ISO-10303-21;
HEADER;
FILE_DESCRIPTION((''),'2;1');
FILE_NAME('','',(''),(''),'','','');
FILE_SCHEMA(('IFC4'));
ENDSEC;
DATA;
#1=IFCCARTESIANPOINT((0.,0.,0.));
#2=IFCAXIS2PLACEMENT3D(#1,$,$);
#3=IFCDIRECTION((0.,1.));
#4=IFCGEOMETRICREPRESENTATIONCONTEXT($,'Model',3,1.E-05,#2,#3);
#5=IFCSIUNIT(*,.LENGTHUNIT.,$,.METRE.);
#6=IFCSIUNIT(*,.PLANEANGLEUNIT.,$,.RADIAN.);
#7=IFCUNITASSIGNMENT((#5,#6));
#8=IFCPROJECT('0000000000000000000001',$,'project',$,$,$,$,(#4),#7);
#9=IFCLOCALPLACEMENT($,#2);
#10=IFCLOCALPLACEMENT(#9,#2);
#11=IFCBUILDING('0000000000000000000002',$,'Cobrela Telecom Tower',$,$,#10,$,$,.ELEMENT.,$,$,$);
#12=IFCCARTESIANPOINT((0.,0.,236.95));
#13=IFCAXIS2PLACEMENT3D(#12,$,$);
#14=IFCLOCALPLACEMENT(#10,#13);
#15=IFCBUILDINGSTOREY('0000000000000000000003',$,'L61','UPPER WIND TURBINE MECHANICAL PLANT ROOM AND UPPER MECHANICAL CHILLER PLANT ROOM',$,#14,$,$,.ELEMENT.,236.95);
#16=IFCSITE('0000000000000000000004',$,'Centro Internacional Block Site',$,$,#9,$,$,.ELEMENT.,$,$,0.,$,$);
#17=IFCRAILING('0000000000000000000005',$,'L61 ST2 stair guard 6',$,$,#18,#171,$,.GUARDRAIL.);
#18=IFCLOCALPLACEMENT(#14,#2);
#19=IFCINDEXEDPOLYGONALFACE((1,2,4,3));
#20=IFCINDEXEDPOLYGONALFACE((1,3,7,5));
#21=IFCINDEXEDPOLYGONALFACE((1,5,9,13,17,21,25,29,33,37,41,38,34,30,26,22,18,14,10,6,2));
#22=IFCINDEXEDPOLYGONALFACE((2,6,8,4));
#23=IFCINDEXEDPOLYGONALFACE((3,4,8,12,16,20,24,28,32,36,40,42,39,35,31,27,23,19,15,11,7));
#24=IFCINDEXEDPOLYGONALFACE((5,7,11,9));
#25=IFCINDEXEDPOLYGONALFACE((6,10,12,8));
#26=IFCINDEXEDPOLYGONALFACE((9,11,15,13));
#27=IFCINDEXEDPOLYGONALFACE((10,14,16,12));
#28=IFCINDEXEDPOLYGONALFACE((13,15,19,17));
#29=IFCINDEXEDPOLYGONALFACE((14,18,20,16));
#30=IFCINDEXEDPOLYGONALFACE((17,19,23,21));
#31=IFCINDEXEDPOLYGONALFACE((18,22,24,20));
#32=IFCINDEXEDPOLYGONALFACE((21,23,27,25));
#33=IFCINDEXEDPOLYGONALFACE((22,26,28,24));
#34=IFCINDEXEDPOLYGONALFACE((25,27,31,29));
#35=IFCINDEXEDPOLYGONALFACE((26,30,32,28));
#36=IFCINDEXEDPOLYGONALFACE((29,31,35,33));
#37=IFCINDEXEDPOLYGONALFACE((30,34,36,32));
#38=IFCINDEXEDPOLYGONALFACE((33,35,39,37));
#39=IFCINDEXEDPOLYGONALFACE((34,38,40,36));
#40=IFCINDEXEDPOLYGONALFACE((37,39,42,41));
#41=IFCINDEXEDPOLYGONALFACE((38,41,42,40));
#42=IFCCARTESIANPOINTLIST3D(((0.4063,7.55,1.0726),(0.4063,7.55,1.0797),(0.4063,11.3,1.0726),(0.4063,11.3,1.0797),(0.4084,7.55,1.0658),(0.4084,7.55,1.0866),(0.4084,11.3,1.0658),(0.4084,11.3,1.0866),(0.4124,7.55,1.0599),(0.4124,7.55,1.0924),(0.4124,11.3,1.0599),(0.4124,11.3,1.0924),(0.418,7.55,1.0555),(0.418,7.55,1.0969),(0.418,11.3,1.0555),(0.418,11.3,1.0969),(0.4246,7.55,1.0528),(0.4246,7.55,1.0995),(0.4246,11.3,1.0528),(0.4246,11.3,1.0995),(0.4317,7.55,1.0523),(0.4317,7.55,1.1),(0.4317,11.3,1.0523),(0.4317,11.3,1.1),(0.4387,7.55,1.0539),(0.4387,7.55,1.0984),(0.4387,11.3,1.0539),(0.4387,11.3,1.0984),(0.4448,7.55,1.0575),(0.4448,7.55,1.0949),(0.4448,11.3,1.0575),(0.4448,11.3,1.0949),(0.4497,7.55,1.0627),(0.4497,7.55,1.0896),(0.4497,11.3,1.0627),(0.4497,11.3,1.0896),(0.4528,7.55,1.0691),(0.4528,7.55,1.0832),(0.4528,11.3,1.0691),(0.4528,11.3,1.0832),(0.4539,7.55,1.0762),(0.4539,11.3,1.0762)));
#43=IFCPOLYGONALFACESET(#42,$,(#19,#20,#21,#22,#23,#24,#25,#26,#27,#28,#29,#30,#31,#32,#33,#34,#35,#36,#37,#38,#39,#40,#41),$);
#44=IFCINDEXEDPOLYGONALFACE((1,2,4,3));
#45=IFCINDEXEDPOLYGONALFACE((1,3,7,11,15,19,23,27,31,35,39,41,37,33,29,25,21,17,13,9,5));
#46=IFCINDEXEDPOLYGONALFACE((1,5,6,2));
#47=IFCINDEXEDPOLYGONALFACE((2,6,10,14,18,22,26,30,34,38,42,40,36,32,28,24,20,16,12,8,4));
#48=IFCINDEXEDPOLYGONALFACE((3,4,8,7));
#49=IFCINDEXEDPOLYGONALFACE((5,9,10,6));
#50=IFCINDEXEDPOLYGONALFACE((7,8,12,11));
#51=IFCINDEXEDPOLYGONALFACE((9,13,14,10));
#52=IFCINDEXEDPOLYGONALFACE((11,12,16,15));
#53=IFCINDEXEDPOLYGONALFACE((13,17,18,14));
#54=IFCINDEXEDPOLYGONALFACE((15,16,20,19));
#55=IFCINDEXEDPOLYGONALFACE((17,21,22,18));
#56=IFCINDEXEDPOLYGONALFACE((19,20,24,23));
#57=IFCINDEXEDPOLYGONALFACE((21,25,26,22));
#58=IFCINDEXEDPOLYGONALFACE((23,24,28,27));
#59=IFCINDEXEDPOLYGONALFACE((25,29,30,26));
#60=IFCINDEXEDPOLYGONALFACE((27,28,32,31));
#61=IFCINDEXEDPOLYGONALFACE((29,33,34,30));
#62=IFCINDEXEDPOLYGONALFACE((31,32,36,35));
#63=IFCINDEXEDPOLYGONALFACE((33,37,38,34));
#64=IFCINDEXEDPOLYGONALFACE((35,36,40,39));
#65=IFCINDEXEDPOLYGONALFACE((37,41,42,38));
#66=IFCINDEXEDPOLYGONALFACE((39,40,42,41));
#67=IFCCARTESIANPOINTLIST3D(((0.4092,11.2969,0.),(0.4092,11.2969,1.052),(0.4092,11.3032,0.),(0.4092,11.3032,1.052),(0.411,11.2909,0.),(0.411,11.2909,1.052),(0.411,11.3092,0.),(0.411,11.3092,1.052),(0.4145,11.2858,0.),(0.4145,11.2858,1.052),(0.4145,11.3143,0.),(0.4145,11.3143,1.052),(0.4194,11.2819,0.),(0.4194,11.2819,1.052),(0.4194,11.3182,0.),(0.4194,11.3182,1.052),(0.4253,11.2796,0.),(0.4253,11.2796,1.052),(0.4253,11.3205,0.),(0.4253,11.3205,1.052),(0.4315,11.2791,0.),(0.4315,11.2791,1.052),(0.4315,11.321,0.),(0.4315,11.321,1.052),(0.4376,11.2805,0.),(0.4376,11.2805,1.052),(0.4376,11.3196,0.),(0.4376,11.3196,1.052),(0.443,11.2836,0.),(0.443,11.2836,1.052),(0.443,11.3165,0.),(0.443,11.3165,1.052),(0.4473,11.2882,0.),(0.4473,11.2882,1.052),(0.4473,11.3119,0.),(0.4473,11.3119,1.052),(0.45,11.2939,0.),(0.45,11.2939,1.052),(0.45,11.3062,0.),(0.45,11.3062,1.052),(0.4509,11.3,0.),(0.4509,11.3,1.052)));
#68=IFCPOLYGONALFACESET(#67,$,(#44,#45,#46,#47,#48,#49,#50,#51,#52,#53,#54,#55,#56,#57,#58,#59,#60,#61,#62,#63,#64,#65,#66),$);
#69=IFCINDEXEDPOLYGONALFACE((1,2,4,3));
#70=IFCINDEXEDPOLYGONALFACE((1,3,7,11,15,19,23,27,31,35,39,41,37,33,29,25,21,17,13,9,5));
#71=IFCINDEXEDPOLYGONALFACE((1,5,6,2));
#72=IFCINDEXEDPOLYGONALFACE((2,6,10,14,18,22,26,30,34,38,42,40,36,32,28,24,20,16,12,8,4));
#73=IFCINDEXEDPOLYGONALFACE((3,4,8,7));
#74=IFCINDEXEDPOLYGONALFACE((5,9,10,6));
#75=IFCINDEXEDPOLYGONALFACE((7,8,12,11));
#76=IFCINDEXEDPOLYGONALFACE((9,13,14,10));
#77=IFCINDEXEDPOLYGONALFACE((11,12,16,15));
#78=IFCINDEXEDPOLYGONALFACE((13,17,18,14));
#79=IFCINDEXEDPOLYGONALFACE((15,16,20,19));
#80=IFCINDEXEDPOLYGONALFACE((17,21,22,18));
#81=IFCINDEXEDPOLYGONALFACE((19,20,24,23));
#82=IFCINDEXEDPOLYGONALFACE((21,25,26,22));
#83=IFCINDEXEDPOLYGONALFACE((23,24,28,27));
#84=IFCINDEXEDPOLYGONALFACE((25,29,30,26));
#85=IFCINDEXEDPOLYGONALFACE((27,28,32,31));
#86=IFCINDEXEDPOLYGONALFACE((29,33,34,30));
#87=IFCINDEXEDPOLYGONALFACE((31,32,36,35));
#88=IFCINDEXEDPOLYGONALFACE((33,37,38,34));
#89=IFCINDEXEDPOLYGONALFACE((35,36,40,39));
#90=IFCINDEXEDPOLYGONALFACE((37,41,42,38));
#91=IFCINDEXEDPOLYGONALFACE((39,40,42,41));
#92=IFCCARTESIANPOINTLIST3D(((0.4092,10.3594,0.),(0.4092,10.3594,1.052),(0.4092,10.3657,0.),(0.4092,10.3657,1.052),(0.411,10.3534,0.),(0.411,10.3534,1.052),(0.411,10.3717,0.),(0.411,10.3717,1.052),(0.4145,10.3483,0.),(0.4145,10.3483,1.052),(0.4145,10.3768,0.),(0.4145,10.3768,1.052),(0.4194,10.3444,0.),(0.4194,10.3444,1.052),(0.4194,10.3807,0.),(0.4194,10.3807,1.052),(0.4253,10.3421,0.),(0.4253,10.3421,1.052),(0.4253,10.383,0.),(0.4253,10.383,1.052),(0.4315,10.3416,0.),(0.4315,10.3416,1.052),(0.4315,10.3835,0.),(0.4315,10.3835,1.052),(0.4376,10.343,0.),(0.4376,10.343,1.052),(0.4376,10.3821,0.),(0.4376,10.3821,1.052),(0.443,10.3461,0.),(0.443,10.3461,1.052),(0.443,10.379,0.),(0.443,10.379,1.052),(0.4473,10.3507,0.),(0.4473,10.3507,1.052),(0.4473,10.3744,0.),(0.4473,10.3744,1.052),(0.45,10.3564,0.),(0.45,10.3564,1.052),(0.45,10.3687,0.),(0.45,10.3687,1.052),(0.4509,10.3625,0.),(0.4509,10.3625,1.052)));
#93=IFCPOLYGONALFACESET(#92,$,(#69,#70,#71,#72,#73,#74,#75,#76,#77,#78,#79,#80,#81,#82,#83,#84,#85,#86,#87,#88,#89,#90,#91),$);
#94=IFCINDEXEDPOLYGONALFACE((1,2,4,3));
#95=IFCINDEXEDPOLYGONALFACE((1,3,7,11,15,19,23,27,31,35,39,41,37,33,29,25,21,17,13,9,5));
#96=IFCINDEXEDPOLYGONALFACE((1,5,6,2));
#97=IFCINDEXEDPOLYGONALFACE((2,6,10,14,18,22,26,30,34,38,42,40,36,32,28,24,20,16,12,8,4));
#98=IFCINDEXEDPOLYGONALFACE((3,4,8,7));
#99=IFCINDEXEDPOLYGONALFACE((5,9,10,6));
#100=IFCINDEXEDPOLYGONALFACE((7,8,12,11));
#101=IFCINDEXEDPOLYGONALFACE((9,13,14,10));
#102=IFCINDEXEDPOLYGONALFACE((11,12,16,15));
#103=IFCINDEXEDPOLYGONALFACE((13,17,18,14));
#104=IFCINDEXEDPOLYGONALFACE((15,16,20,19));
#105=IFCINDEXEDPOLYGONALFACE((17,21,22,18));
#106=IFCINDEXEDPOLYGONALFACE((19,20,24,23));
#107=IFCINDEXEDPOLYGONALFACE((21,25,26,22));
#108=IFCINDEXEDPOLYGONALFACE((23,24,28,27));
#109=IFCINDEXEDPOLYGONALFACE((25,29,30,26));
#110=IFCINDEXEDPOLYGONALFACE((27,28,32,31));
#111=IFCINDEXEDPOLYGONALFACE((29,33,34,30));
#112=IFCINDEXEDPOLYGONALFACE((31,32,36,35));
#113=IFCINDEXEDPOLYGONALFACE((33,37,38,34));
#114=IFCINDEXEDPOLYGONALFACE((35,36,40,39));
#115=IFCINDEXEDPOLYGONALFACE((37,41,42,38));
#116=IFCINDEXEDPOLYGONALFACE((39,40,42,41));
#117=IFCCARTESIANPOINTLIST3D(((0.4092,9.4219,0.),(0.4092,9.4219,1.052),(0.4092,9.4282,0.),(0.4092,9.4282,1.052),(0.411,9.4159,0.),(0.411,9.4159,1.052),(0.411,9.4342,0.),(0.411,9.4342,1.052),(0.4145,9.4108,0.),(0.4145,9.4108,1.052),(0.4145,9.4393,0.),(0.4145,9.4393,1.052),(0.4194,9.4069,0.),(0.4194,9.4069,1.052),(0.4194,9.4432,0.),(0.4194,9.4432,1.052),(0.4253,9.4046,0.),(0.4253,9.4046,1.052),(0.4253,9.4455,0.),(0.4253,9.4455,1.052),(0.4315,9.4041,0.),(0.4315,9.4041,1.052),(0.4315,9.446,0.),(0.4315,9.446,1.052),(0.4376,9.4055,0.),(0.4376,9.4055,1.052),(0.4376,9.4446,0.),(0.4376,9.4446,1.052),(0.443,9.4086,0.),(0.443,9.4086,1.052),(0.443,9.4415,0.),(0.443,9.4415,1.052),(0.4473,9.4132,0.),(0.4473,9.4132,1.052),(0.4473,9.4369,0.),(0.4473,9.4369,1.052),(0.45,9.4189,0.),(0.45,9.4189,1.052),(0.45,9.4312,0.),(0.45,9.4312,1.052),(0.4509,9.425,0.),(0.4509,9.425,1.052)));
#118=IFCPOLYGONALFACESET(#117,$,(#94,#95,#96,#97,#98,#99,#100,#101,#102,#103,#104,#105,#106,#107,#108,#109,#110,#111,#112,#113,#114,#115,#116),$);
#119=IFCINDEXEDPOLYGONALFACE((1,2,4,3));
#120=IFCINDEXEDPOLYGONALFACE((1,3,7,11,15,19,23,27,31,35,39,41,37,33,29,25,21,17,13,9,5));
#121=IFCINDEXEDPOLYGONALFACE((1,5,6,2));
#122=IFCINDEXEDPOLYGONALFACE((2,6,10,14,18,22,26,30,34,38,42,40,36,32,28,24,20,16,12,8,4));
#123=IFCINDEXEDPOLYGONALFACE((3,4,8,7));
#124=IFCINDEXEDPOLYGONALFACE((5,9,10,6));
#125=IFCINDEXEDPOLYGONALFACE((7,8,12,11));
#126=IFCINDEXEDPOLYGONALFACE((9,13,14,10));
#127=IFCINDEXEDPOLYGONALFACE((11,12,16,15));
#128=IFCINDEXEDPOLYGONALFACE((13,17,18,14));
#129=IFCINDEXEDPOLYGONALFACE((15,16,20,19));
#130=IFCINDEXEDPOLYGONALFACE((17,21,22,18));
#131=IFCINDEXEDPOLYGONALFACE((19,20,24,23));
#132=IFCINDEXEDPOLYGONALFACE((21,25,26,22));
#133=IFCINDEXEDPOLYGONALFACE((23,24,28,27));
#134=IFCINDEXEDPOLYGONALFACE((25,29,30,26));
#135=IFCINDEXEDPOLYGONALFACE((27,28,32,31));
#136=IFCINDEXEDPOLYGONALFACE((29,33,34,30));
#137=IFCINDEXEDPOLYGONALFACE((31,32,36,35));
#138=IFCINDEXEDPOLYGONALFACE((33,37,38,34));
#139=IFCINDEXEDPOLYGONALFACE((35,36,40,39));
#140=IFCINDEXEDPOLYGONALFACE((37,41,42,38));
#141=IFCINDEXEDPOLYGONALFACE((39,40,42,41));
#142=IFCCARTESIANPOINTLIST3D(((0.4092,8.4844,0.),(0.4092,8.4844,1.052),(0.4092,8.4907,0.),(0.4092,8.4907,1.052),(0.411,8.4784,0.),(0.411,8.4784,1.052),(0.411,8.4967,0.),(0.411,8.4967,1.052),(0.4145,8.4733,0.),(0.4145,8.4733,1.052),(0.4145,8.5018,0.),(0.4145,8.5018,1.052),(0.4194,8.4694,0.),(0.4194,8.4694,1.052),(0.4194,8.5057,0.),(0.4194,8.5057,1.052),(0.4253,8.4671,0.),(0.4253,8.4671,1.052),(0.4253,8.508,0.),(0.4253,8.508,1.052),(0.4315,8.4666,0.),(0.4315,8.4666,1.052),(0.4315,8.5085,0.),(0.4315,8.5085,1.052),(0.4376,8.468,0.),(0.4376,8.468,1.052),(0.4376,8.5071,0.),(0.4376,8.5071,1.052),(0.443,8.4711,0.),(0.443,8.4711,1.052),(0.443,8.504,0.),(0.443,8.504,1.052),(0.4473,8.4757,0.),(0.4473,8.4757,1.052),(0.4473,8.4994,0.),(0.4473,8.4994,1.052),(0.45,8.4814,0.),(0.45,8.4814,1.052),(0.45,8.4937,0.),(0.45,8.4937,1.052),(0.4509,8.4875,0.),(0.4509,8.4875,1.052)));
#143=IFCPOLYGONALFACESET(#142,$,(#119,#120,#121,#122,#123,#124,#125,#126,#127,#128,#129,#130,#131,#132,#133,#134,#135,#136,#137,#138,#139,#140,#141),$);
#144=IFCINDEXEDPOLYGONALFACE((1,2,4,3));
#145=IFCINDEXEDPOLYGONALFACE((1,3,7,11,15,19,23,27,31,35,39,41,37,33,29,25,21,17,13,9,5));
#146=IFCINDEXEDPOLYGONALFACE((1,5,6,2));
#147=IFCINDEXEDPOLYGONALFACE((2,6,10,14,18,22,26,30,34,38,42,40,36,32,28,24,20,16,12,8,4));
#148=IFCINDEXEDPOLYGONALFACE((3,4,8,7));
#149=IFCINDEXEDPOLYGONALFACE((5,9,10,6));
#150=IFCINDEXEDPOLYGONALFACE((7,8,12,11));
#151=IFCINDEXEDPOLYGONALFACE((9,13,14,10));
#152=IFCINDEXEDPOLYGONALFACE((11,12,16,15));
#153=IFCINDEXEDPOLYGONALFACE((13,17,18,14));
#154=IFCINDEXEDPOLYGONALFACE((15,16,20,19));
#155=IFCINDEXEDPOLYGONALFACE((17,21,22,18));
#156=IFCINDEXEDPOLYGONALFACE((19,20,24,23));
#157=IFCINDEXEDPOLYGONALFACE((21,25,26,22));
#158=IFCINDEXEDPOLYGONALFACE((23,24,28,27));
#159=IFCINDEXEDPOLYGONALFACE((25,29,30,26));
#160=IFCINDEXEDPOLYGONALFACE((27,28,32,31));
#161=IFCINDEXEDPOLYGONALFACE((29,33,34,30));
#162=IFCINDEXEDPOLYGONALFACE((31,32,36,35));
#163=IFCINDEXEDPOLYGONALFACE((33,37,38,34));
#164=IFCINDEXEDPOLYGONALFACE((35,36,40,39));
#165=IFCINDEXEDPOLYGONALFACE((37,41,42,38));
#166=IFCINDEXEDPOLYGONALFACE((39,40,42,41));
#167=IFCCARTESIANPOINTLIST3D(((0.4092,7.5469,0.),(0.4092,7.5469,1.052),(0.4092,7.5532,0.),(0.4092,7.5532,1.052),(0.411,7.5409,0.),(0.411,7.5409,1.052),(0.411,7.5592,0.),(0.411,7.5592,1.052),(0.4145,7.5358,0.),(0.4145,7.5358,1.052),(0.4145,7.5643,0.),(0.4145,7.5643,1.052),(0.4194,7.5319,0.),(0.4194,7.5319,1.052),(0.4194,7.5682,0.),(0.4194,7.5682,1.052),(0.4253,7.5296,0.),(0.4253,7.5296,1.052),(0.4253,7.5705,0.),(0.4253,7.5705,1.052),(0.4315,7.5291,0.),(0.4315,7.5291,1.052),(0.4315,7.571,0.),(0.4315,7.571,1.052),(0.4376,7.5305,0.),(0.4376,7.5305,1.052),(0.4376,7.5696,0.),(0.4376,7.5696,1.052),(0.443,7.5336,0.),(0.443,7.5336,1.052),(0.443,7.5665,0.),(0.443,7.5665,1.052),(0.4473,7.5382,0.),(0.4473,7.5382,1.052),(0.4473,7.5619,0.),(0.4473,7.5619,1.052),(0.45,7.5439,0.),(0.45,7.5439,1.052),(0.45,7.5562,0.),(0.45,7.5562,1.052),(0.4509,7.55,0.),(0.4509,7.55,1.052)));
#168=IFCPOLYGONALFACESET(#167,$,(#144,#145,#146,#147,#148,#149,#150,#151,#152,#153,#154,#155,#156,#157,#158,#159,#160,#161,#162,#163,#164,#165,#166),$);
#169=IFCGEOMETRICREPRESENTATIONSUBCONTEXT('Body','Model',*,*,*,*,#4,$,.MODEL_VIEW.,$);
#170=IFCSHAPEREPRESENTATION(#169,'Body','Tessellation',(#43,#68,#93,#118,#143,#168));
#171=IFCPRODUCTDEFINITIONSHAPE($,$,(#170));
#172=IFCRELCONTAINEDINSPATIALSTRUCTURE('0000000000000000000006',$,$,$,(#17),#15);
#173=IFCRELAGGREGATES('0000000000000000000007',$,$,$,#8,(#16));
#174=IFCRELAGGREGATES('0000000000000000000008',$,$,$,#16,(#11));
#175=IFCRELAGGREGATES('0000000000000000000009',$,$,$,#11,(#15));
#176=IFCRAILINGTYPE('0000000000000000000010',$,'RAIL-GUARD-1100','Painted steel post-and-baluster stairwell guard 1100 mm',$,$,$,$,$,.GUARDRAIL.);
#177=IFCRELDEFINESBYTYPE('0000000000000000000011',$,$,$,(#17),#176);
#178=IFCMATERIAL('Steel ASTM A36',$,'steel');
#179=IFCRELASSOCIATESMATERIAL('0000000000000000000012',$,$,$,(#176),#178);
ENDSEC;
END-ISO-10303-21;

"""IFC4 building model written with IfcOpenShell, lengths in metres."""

from ifc_helpers import new_model, si_unit, direction, frame, origin, origin_2d, place, context, subcontext, project, spatial, circle, extrude, material, type_object, element, save


model = new_model("IFC4")

# Units and contexts
model_context = context("Model", 3, precision=1e-05, world=origin(), true_north=direction((0.0, 1.0)))
body_context = subcontext(model_context, "Body", "Model", "MODEL_VIEW")
ifc_project = project(units=[si_unit("LENGTHUNIT", "METRE"), si_unit("PLANEANGLEUNIT", "RADIAN")], contexts=[model_context])

# Site, building, storey
site_placement = place(None, origin())
site = spatial("IfcSite", under=ifc_project, at=site_placement, Name="Centro Internacional Block Site", CompositionType="ELEMENT", RefElevation=0.0)
building_placement = place(site_placement, origin())
building = spatial("IfcBuilding", under=site, at=building_placement, Name="Cobrela Telecom Tower", CompositionType="ELEMENT")
storey_placement = place(building_placement, frame((0.0, 0.0, 236.95)))
storey = spatial("IfcBuildingStorey", under=building, at=storey_placement, Name="L61", Description="UPPER WIND TURBINE MECHANICAL PLANT ROOM AND UPPER MECHANICAL CHILLER PLANT ROOM", CompositionType="ELEMENT", Elevation=236.95)

# Railing
ifc_material_1 = material(Name="Steel ASTM A36", Category="steel")
railing_type = type_object("IfcRailingType", Name="RAIL-GUARD-1100", Description="Painted steel post-and-baluster stairwell guard 1100 mm", PredefinedType="GUARDRAIL", material=ifc_material_1)
railing_placement = place(storey_placement, frame((0.4299, 11.3, 0.0)))
element("IfcRailing", 1, at=railing_placement, inside=storey, type_object=railing_type, Name="L61 ST2 stair guard 6", PredefinedType="GUARDRAIL", context=body_context, shape_type="SweptSolid", body=[
    extrude(circle(Radius=0.0239, at=origin_2d()), frame((0.0, 0.0, 1.0762), z_axis=(0.0, -1.0, 0.0), x_axis=(1.0, 0.0, 0.0)), (0.0, 0.0, 1.0), 3.75),
    extrude(circle(Radius=0.021, at=origin_2d()), origin(), (0.0, 0.0, 1.0), 1.052),
    extrude(circle(Radius=0.021, at=origin_2d()), frame((0.0, -0.9375, 0.0)), (0.0, 0.0, 1.0), 1.052),
    extrude(circle(Radius=0.021, at=origin_2d()), frame((0.0, -1.875, 0.0)), (0.0, 0.0, 1.0), 1.052),
    extrude(circle(Radius=0.021, at=origin_2d()), frame((0.0, -2.8125, 0.0)), (0.0, 0.0, 1.0), 1.052),
    extrude(circle(Radius=0.021, at=origin_2d()), frame((0.0, -3.75, 0.0)), (0.0, 0.0, 1.0), 1.052),
])

save(model, "model.ifc")
